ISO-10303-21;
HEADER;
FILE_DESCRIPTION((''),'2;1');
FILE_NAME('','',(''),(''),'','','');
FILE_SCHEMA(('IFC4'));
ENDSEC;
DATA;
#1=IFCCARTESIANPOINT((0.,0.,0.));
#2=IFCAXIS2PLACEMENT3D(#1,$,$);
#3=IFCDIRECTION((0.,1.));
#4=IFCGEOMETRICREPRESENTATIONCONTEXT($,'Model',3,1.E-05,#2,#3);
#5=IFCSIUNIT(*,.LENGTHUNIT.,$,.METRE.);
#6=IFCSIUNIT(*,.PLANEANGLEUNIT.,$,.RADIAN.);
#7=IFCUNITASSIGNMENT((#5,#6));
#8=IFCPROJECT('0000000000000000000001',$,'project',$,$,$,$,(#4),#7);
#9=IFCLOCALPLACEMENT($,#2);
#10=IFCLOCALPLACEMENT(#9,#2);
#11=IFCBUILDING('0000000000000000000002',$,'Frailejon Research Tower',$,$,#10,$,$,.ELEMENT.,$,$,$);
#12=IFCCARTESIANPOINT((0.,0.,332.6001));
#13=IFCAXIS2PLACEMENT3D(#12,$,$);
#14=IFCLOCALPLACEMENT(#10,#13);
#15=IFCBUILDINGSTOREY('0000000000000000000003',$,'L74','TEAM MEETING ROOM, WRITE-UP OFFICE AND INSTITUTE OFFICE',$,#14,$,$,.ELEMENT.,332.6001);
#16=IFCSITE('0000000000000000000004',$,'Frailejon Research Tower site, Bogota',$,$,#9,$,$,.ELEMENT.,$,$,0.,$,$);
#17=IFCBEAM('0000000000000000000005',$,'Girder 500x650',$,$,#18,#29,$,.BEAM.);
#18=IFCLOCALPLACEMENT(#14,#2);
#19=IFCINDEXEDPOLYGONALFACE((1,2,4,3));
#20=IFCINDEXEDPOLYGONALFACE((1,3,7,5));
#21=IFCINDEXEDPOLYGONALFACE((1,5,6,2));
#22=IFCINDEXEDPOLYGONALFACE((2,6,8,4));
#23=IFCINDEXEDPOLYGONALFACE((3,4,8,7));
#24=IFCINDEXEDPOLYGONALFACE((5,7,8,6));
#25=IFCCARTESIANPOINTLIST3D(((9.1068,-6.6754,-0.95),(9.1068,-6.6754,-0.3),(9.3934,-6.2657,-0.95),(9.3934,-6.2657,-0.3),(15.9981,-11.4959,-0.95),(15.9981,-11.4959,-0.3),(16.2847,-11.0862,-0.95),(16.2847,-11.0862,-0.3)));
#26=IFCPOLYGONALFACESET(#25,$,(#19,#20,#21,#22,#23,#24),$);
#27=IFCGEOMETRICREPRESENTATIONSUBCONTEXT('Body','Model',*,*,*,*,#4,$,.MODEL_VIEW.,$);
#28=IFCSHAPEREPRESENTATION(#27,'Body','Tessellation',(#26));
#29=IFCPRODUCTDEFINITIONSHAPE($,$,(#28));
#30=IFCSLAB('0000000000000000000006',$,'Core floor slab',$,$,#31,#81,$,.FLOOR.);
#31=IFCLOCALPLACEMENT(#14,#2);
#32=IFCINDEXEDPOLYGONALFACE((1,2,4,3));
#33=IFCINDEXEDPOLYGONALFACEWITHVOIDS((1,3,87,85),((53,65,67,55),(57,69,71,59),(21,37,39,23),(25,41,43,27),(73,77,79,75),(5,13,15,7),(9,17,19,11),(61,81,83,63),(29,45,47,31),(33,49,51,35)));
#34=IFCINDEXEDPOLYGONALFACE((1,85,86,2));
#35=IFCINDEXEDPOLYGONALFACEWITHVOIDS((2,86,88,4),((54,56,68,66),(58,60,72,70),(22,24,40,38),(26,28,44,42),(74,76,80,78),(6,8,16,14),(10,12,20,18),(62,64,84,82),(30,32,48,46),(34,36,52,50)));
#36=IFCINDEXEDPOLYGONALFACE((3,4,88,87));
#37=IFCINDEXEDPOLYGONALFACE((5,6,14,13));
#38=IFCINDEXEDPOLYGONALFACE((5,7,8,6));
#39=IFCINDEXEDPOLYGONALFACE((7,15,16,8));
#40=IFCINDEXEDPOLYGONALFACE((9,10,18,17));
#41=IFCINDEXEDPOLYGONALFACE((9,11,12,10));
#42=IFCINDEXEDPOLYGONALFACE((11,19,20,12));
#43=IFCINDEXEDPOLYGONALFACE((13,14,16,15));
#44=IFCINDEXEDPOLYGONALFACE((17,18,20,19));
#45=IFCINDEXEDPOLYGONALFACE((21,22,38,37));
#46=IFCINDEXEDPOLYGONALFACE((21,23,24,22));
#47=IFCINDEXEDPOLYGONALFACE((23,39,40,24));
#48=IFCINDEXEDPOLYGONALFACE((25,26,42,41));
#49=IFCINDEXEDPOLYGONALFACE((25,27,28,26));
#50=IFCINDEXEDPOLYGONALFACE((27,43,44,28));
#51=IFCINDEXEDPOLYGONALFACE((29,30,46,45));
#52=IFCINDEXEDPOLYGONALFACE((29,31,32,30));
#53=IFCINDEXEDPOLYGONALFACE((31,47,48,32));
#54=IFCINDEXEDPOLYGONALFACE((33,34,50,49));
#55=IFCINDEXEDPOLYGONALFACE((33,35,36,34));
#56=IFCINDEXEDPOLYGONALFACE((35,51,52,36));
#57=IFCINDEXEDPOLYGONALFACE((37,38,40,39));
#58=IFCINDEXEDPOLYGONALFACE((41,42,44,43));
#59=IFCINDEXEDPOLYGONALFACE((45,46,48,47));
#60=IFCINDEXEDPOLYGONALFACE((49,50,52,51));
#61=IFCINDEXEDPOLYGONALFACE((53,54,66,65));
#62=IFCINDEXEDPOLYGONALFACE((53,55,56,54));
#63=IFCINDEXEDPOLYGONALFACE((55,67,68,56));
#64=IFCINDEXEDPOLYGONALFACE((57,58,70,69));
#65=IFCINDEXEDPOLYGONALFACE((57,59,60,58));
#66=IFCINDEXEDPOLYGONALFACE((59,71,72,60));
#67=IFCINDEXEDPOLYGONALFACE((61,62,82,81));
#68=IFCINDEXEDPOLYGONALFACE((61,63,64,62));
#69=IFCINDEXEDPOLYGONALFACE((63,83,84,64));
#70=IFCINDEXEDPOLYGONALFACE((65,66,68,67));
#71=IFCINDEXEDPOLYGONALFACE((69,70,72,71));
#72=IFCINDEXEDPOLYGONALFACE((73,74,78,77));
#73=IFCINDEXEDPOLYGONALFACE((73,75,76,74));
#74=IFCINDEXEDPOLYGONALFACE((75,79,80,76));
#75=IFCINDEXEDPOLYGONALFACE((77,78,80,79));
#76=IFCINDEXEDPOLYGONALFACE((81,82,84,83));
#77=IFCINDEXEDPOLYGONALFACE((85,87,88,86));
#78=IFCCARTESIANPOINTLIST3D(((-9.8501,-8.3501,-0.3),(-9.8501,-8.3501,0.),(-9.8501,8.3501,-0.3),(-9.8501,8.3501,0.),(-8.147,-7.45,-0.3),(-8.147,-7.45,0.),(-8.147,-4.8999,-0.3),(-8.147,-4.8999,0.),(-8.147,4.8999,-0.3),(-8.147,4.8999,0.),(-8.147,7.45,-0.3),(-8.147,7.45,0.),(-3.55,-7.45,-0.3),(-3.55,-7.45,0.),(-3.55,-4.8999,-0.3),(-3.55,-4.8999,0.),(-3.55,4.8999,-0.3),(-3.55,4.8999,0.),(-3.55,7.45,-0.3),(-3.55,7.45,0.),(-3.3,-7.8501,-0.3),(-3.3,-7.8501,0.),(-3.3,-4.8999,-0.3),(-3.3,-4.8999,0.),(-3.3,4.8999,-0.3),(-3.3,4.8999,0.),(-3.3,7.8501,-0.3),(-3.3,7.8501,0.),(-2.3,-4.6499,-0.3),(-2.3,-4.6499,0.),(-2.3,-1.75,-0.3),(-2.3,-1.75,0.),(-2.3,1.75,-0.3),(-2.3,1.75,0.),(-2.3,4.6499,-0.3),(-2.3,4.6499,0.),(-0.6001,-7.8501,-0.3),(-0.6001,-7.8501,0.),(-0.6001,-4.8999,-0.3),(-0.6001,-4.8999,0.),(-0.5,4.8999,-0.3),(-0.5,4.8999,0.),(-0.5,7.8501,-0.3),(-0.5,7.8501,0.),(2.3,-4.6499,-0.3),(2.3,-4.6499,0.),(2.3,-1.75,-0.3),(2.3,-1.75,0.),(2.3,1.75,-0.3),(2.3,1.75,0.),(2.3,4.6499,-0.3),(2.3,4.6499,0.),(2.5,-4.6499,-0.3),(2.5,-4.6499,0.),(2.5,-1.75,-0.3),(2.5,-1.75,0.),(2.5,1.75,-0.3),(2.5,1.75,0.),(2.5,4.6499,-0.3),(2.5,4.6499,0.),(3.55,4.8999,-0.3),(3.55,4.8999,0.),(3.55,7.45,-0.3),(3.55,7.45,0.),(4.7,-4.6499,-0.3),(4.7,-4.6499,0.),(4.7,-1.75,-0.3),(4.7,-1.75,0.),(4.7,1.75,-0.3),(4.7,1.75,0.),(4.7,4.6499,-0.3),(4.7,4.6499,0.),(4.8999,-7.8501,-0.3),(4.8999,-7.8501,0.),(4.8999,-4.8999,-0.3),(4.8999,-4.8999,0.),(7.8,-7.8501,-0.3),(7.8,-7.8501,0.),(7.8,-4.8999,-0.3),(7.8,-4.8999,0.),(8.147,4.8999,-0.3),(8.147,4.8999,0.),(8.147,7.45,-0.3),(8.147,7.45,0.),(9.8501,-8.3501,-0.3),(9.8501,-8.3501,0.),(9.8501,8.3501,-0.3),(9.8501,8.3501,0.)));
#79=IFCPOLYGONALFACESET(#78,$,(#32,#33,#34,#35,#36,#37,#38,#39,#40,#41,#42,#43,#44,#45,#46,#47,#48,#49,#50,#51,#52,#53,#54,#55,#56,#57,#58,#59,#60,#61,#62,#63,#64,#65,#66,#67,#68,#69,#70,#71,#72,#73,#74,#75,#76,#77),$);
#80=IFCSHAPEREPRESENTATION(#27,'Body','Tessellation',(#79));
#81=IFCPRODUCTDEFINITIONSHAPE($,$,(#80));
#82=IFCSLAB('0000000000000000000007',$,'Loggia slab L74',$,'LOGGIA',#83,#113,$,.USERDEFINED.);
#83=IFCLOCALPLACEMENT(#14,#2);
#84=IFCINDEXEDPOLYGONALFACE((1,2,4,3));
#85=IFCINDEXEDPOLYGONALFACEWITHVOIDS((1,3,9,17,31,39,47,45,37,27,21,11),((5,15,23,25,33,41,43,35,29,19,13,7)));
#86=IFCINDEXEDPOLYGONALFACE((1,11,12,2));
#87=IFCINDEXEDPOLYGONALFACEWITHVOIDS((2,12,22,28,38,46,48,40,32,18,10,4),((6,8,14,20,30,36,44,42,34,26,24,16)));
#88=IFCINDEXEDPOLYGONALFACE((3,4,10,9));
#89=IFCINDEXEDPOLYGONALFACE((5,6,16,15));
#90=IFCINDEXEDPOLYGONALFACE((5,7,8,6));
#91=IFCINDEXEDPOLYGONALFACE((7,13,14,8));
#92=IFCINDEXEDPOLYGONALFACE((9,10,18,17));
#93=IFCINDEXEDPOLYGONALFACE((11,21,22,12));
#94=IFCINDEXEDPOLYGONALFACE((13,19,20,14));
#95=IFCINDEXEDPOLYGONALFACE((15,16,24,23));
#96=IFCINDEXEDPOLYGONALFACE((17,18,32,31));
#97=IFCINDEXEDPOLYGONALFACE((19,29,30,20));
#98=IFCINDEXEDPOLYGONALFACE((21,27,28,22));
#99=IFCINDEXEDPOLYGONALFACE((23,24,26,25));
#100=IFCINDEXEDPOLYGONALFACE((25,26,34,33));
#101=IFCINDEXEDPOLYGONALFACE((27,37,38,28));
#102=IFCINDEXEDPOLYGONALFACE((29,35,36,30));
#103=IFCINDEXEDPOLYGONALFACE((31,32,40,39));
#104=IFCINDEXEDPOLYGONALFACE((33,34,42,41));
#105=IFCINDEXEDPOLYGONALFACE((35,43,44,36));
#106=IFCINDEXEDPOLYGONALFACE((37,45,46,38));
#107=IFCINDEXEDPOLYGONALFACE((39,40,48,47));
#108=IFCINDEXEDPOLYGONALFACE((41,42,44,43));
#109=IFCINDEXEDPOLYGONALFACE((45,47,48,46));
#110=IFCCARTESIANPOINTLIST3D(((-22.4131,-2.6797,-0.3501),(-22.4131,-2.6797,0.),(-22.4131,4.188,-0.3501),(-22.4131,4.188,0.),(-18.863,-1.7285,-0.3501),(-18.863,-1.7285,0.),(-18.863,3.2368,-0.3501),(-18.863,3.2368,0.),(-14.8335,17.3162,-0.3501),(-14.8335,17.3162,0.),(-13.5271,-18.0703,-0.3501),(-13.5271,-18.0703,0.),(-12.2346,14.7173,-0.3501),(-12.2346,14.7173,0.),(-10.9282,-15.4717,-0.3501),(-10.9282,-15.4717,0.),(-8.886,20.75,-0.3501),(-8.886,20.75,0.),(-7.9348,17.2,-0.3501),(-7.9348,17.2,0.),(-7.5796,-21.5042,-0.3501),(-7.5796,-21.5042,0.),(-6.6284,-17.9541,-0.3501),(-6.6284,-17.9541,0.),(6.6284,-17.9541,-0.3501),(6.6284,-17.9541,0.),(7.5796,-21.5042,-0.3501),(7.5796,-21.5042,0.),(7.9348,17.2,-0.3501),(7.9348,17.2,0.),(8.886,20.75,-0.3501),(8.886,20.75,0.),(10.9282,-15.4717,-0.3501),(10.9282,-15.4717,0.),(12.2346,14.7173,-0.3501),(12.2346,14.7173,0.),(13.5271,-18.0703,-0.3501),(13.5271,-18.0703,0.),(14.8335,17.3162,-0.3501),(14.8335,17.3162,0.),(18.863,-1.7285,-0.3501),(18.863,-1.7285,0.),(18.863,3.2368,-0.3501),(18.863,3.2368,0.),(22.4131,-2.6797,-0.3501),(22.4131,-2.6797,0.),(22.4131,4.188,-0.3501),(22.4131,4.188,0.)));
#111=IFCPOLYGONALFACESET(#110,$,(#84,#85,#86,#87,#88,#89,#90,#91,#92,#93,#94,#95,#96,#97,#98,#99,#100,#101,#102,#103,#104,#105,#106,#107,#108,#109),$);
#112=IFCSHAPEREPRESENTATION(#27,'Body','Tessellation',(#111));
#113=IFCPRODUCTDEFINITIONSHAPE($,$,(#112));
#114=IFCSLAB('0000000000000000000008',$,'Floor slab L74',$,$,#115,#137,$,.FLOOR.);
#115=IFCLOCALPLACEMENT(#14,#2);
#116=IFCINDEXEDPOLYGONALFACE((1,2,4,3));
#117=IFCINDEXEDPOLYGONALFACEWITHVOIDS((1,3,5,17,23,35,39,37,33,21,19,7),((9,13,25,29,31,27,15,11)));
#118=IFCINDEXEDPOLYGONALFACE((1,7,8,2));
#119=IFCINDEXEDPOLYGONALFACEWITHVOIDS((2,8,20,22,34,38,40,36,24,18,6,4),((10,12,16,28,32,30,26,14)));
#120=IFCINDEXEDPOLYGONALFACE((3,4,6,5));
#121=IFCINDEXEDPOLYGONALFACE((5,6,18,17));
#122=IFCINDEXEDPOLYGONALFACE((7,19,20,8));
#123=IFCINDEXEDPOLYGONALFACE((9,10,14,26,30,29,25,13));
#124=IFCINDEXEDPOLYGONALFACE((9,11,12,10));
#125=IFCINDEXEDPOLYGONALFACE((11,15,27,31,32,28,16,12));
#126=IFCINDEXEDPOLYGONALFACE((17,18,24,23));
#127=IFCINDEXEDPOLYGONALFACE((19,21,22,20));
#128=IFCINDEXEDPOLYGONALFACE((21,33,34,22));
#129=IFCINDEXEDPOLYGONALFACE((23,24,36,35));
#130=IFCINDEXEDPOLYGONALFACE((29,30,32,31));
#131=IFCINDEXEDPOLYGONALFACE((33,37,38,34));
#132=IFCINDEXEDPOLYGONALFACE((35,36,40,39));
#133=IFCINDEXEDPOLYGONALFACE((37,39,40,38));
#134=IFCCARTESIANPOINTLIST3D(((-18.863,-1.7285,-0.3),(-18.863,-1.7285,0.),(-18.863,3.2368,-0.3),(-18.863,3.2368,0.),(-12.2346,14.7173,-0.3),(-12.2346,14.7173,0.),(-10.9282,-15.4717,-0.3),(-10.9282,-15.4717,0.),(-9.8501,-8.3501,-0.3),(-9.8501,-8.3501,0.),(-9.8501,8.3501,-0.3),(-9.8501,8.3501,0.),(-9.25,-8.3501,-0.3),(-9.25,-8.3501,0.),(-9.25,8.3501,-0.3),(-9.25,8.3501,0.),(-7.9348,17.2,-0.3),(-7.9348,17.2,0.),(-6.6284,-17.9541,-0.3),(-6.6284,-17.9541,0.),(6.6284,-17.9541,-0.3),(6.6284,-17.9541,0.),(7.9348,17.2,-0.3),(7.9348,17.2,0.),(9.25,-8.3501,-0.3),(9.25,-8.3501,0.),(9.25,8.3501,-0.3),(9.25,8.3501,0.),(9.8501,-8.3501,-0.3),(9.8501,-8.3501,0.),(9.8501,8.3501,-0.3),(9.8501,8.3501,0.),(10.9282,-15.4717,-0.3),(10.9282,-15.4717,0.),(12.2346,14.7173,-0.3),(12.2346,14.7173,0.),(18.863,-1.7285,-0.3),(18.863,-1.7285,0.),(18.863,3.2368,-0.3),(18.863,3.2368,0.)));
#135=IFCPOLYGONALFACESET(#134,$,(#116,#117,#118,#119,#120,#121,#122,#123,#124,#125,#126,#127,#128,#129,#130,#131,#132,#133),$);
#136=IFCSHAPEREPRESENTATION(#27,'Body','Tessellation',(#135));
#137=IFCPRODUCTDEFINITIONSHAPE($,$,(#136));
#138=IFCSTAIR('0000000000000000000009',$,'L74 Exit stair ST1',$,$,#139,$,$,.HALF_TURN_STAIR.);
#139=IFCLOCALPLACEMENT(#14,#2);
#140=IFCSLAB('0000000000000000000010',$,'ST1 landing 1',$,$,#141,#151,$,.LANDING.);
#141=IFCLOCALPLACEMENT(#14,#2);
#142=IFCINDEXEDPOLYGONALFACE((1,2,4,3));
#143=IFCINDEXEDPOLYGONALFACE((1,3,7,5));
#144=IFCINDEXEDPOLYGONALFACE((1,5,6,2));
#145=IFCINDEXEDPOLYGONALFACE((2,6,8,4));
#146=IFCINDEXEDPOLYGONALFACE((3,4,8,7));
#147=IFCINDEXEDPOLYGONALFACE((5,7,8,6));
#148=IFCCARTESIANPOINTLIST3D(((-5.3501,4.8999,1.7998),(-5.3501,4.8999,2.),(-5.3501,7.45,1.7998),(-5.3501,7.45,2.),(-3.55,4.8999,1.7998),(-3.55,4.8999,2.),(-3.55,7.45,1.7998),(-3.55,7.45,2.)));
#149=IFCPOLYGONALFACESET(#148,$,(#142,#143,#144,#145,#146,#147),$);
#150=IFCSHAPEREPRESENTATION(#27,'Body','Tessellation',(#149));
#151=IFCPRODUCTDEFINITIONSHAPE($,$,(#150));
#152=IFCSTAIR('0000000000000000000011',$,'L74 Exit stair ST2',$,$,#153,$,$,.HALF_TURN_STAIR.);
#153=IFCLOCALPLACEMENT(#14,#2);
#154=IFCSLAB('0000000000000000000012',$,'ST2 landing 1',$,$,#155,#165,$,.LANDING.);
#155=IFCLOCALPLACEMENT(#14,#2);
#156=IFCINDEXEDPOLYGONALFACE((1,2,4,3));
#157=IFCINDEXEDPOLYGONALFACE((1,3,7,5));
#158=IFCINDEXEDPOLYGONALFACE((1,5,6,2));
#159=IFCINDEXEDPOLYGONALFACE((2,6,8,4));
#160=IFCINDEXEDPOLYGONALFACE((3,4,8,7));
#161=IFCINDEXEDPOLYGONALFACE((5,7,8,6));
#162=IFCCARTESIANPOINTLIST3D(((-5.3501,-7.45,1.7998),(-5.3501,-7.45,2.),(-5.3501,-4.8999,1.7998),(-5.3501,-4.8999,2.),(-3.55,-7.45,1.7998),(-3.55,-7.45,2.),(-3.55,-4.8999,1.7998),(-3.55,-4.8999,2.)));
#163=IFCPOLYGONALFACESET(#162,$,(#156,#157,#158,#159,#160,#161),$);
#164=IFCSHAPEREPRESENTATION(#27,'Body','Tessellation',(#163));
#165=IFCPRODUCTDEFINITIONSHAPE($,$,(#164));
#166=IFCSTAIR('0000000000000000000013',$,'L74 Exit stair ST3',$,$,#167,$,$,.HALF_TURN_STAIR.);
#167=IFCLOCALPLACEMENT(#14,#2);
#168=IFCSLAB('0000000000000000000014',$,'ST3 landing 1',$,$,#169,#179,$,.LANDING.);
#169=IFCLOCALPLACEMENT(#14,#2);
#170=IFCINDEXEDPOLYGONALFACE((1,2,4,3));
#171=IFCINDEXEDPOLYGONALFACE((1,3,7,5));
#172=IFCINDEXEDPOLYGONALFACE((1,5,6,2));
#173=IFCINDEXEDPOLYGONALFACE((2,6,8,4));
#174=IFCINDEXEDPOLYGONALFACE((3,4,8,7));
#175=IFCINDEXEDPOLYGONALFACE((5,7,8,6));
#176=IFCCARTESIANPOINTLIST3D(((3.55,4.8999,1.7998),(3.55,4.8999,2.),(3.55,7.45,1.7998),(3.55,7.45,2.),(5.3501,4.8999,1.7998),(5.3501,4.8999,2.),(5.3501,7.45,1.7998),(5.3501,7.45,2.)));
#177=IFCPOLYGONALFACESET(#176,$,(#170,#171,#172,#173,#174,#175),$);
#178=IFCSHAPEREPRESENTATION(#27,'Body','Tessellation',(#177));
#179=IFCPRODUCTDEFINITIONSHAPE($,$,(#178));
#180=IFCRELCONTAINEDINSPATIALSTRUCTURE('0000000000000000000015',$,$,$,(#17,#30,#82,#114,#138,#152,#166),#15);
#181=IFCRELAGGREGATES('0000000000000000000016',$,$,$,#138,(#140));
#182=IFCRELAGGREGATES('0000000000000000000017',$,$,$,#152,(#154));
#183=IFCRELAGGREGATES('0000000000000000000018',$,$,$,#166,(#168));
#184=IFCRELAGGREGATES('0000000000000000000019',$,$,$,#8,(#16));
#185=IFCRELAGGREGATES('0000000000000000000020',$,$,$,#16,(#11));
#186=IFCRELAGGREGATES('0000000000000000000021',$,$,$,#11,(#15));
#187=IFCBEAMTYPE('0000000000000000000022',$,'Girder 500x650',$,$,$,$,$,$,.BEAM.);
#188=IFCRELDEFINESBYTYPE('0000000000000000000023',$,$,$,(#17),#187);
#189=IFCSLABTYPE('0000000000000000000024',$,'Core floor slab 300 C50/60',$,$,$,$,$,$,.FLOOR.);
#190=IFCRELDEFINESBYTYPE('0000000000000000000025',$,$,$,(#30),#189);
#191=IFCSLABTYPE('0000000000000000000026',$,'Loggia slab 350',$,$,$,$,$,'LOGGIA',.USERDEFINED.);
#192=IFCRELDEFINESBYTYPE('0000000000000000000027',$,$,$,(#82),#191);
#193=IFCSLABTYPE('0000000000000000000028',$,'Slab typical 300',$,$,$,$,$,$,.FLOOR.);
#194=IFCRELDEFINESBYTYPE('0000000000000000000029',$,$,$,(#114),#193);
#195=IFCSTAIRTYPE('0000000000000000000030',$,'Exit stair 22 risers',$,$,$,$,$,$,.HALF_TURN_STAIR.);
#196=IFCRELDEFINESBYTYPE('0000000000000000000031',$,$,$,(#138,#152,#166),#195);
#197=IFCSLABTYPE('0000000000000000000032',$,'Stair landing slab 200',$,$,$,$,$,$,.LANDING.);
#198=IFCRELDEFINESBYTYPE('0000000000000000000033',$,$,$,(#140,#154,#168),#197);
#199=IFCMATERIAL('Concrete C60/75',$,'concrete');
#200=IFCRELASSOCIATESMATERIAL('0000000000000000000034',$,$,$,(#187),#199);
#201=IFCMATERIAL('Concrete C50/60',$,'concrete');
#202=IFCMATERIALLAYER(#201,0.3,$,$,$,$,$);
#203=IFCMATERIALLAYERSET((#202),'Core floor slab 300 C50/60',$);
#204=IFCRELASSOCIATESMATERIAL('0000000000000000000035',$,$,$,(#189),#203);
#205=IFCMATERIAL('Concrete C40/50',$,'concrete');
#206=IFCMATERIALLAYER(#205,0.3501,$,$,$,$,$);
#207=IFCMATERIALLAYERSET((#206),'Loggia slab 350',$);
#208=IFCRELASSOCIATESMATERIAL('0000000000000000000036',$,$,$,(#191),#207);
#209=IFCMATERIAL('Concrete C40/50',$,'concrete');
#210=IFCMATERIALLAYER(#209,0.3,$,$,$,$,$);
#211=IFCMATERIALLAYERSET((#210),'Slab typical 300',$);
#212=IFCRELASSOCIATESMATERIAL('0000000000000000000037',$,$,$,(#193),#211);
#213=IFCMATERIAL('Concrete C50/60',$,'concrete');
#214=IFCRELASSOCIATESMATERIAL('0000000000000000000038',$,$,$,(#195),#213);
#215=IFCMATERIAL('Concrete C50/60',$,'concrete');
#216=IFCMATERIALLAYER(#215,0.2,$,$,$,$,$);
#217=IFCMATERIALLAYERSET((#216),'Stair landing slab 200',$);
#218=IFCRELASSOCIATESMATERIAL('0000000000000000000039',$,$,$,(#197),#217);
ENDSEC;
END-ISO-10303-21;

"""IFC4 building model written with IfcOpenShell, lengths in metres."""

from ifc_helpers import new_model, si_unit, direction, frame, origin, origin_2d, place, context, subcontext, project, spatial, polyline, rectangle, outline, extrude, material, layer, layer_set, material_profile, profile_set, type_object, element, aggregate, save


model = new_model("IFC4")

# Units and contexts
model_context = context("Model", 3, precision=1e-05, world=origin(), true_north=direction((0.0, 1.0)))
body_context = subcontext(model_context, "Body", "Model", "MODEL_VIEW")
ifc_project = project(units=[si_unit("LENGTHUNIT", "METRE"), si_unit("PLANEANGLEUNIT", "RADIAN")], contexts=[model_context])

# Site, building, storey
site_placement = place(None, origin())
site = spatial("IfcSite", under=ifc_project, at=site_placement, Name="Frailejon Research Tower site, Bogota", CompositionType="ELEMENT", RefElevation=0.0)
building_placement = place(site_placement, origin())
building = spatial("IfcBuilding", under=site, at=building_placement, Name="Frailejon Research Tower", CompositionType="ELEMENT")
storey_placement = place(building_placement, frame((0.0, 0.0, 332.6001)))
storey = spatial("IfcBuildingStorey", under=building, at=storey_placement, Name="L74", Description="TEAM MEETING ROOM, WRITE-UP OFFICE AND INSTITUTE OFFICE", CompositionType="ELEMENT", Elevation=332.6001)

# Beam
ifc_material_1 = material(Name="Concrete C60/75", Category="concrete")
ifc_material_profile = material_profile(ifc_material_1, rectangle(XDim=0.5, YDim=0.6499, at=origin_2d()), Name="Girder 500x650")
ifc_profile_set = profile_set([ifc_material_profile], Name="Concrete C60/75")
beam_type = type_object("IfcBeamType", Name="Girder 500x650", PredefinedType="BEAM", material=ifc_profile_set)
beam_placement = place(storey_placement, frame((16.1414, -11.291, -0.625), z_axis=(-0.819421, 0.573191, 0.0), x_axis=(-0.573191, -0.819421, 0.0)))
element("IfcBeam", 1, at=beam_placement, inside=storey, type_object=beam_type, Name="Girder 500x650", PredefinedType="BEAM", context=body_context, shape_type="SweptSolid", body=[
    extrude(rectangle(XDim=0.5, YDim=0.6499, at=origin_2d()), origin(), (0.0, 0.0, 1.0), 8.4099),
])

# Slabs
ifc_material_2 = material(Name="Concrete C50/60", Category="concrete")
ifc_layer_1 = layer(ifc_material_2, 0.3)
ifc_layer_set_1 = layer_set([ifc_layer_1], Name="Core floor slab 300 C50/60")
slab_type_1 = type_object("IfcSlabType", Name="Core floor slab 300 C50/60", PredefinedType="FLOOR", material=ifc_layer_set_1)
slab_1_placement = place(storey_placement, frame((0.0, 0.0, -0.3)))
element("IfcSlab", 2, at=slab_1_placement, inside=storey, type_object=slab_type_1, Name="Core floor slab", PredefinedType="FLOOR", context=body_context, shape_type="SweptSolid", body=[
    extrude(outline(polyline([(9.8501, -8.3501), (9.8501, 8.3501), (-9.8501, 8.3501), (-9.8501, -8.3501), (9.8501, -8.3501)]), holes=[polyline([(2.3, 1.75), (2.3, 4.6499), (-2.3, 4.6499), (-2.3, 1.75), (2.3, 1.75)]), polyline([(4.7, 1.75), (4.7, 4.6499), (2.5, 4.6499), (2.5, 1.75), (4.7, 1.75)]), polyline([(2.3, -4.6499), (2.3, -1.75), (-2.3, -1.75), (-2.3, -4.6499), (2.3, -4.6499)]), polyline([(4.7, -4.6499), (4.7, -1.75), (2.5, -1.75), (2.5, -4.6499), (4.7, -4.6499)]), polyline([(-8.147, 4.8999), (-3.55, 4.8999), (-3.55, 7.45), (-8.147, 7.45), (-8.147, 4.8999)]), polyline([(-8.147, -7.45), (-3.55, -7.45), (-3.55, -4.8999), (-8.147, -4.8999), (-8.147, -7.45)]), polyline([(8.147, 7.45), (3.55, 7.45), (3.55, 4.8999), (8.147, 4.8999), (8.147, 7.45)]), polyline([(-0.6001, -7.8501), (-0.6001, -4.8999), (-3.3, -4.8999), (-3.3, -7.8501), (-0.6001, -7.8501)]), polyline([(7.8, -7.8501), (7.8, -4.8999), (4.8999, -4.8999), (4.8999, -7.8501), (7.8, -7.8501)]), polyline([(-0.5, 4.8999), (-0.5, 7.8501), (-3.3, 7.8501), (-3.3, 4.8999), (-0.5, 4.8999)])]), origin(), (0.0, 0.0, 1.0), 0.3),
])
ifc_material_3 = material(Name="Concrete C40/50", Category="concrete")
ifc_layer_2 = layer(ifc_material_3, 0.3501)
ifc_layer_set_2 = layer_set([ifc_layer_2], Name="Loggia slab 350")
slab_type_2 = type_object("IfcSlabType", Name="Loggia slab 350", ElementType="LOGGIA", PredefinedType="USERDEFINED", material=ifc_layer_set_2)
slab_2_placement = place(storey_placement, frame((0.0, 0.0, -0.3501)))
element("IfcSlab", 3, at=slab_2_placement, inside=storey, type_object=slab_type_2, Name="Loggia slab L74", ObjectType="LOGGIA", PredefinedType="USERDEFINED", context=body_context, shape_type="SweptSolid", body=[
    extrude(outline(polyline([(13.5271, -18.0703), (7.5796, -21.5042), (-7.5796, -21.5042), (-13.5271, -18.0703), (-22.4131, -2.6797), (-22.4131, 4.188), (-14.8335, 17.3162), (-8.886, 20.75), (8.886, 20.75), (14.8335, 17.3162), (22.4131, 4.188), (22.4131, -2.6797), (13.5271, -18.0703)]), holes=[polyline([(18.863, 3.2368), (12.2346, 14.7173), (7.9348, 17.2), (-7.9348, 17.2), (-12.2346, 14.7173), (-18.863, 3.2368), (-18.863, -1.7285), (-10.9282, -15.4717), (-6.6284, -17.9541), (6.6284, -17.9541), (10.9282, -15.4717), (18.863, -1.7285), (18.863, 3.2368)])]), origin(), (0.0, 0.0, 1.0), 0.3501),
])
ifc_material_4 = material(Name="Concrete C40/50", Category="concrete")
ifc_layer_3 = layer(ifc_material_4, 0.3)
ifc_layer_set_3 = layer_set([ifc_layer_3], Name="Slab typical 300")
slab_type_3 = type_object("IfcSlabType", Name="Slab typical 300", PredefinedType="FLOOR", material=ifc_layer_set_3)
slab_3_placement = place(storey_placement, frame((0.0, 0.0, -0.3)))
element("IfcSlab", 4, at=slab_3_placement, inside=storey, type_object=slab_type_3, Name="Floor slab L74", PredefinedType="FLOOR", context=body_context, shape_type="SweptSolid", body=[
    extrude(outline(polyline([(18.863, -1.7285), (18.863, 3.2368), (12.2346, 14.7173), (7.9348, 17.2), (-7.9348, 17.2), (-12.2346, 14.7173), (-18.863, 3.2368), (-18.863, -1.7285), (-10.9282, -15.4717), (-6.6284, -17.9541), (6.6284, -17.9541), (10.9282, -15.4717), (18.863, -1.7285)]), holes=[polyline([(9.25, 8.3501), (9.8501, 8.3501), (9.8501, -8.3501), (9.25, -8.3501), (-9.25, -8.3501), (-9.8501, -8.3501), (-9.8501, 8.3501), (-9.25, 8.3501), (9.25, 8.3501)])]), origin(), (0.0, 0.0, 1.0), 0.3),
])

# Stairs, slabs
ifc_material_5 = material(Name="Concrete C50/60", Category="concrete")
stair_type = type_object("IfcStairType", Name="Exit stair 22 risers", PredefinedType="HALF_TURN_STAIR", material=ifc_material_5)
stair_1_placement = place(storey_placement, origin())
stair_1 = element("IfcStair", 5, at=stair_1_placement, inside=storey, type_object=stair_type, Name="L74 Exit stair ST1", PredefinedType="HALF_TURN_STAIR")
ifc_material_6 = material(Name="Concrete C50/60", Category="concrete")
ifc_layer_4 = layer(ifc_material_6, 0.2)
ifc_layer_set_4 = layer_set([ifc_layer_4], Name="Stair landing slab 200")
slab_type_4 = type_object("IfcSlabType", Name="Stair landing slab 200", PredefinedType="LANDING", material=ifc_layer_set_4)
slab_4_placement = place(storey_placement, frame((0.0, 0.0, 1.7998)))
slab_4 = element("IfcSlab", 6, at=slab_4_placement, type_object=slab_type_4, Name="ST1 landing 1", PredefinedType="LANDING", context=body_context, shape_type="SweptSolid", body=[
    extrude(outline(polyline([(-5.3501, 4.8999), (-3.55, 4.8999), (-3.55, 7.45), (-5.3501, 7.45), (-5.3501, 4.8999)])), origin(), (0.0, 0.0, 1.0), 0.2002),
])
aggregate(stair_1, [slab_4])
stair_2_placement = place(storey_placement, origin())
stair_2 = element("IfcStair", 7, at=stair_2_placement, inside=storey, type_object=stair_type, Name="L74 Exit stair ST2", PredefinedType="HALF_TURN_STAIR")
slab_5_placement = place(storey_placement, frame((0.0, 0.0, 1.7998)))
slab_5 = element("IfcSlab", 8, at=slab_5_placement, type_object=slab_type_4, Name="ST2 landing 1", PredefinedType="LANDING", context=body_context, shape_type="SweptSolid", body=[
    extrude(outline(polyline([(-5.3501, -7.45), (-3.55, -7.45), (-3.55, -4.8999), (-5.3501, -4.8999), (-5.3501, -7.45)])), origin(), (0.0, 0.0, 1.0), 0.2002),
])
aggregate(stair_2, [slab_5])
stair_3_placement = place(storey_placement, origin())
stair_3 = element("IfcStair", 9, at=stair_3_placement, inside=storey, type_object=stair_type, Name="L74 Exit stair ST3", PredefinedType="HALF_TURN_STAIR")
slab_6_placement = place(storey_placement, frame((0.0, 0.0, 1.7998)))
slab_6 = element("IfcSlab", 10, at=slab_6_placement, type_object=slab_type_4, Name="ST3 landing 1", PredefinedType="LANDING", context=body_context, shape_type="SweptSolid", body=[
    extrude(outline(polyline([(5.3501, 7.45), (3.55, 7.45), (3.55, 4.8999), (5.3501, 4.8999), (5.3501, 7.45)])), origin(), (0.0, 0.0, 1.0), 0.2002),
])
aggregate(stair_3, [slab_6])

save(model, "model.ifc")
